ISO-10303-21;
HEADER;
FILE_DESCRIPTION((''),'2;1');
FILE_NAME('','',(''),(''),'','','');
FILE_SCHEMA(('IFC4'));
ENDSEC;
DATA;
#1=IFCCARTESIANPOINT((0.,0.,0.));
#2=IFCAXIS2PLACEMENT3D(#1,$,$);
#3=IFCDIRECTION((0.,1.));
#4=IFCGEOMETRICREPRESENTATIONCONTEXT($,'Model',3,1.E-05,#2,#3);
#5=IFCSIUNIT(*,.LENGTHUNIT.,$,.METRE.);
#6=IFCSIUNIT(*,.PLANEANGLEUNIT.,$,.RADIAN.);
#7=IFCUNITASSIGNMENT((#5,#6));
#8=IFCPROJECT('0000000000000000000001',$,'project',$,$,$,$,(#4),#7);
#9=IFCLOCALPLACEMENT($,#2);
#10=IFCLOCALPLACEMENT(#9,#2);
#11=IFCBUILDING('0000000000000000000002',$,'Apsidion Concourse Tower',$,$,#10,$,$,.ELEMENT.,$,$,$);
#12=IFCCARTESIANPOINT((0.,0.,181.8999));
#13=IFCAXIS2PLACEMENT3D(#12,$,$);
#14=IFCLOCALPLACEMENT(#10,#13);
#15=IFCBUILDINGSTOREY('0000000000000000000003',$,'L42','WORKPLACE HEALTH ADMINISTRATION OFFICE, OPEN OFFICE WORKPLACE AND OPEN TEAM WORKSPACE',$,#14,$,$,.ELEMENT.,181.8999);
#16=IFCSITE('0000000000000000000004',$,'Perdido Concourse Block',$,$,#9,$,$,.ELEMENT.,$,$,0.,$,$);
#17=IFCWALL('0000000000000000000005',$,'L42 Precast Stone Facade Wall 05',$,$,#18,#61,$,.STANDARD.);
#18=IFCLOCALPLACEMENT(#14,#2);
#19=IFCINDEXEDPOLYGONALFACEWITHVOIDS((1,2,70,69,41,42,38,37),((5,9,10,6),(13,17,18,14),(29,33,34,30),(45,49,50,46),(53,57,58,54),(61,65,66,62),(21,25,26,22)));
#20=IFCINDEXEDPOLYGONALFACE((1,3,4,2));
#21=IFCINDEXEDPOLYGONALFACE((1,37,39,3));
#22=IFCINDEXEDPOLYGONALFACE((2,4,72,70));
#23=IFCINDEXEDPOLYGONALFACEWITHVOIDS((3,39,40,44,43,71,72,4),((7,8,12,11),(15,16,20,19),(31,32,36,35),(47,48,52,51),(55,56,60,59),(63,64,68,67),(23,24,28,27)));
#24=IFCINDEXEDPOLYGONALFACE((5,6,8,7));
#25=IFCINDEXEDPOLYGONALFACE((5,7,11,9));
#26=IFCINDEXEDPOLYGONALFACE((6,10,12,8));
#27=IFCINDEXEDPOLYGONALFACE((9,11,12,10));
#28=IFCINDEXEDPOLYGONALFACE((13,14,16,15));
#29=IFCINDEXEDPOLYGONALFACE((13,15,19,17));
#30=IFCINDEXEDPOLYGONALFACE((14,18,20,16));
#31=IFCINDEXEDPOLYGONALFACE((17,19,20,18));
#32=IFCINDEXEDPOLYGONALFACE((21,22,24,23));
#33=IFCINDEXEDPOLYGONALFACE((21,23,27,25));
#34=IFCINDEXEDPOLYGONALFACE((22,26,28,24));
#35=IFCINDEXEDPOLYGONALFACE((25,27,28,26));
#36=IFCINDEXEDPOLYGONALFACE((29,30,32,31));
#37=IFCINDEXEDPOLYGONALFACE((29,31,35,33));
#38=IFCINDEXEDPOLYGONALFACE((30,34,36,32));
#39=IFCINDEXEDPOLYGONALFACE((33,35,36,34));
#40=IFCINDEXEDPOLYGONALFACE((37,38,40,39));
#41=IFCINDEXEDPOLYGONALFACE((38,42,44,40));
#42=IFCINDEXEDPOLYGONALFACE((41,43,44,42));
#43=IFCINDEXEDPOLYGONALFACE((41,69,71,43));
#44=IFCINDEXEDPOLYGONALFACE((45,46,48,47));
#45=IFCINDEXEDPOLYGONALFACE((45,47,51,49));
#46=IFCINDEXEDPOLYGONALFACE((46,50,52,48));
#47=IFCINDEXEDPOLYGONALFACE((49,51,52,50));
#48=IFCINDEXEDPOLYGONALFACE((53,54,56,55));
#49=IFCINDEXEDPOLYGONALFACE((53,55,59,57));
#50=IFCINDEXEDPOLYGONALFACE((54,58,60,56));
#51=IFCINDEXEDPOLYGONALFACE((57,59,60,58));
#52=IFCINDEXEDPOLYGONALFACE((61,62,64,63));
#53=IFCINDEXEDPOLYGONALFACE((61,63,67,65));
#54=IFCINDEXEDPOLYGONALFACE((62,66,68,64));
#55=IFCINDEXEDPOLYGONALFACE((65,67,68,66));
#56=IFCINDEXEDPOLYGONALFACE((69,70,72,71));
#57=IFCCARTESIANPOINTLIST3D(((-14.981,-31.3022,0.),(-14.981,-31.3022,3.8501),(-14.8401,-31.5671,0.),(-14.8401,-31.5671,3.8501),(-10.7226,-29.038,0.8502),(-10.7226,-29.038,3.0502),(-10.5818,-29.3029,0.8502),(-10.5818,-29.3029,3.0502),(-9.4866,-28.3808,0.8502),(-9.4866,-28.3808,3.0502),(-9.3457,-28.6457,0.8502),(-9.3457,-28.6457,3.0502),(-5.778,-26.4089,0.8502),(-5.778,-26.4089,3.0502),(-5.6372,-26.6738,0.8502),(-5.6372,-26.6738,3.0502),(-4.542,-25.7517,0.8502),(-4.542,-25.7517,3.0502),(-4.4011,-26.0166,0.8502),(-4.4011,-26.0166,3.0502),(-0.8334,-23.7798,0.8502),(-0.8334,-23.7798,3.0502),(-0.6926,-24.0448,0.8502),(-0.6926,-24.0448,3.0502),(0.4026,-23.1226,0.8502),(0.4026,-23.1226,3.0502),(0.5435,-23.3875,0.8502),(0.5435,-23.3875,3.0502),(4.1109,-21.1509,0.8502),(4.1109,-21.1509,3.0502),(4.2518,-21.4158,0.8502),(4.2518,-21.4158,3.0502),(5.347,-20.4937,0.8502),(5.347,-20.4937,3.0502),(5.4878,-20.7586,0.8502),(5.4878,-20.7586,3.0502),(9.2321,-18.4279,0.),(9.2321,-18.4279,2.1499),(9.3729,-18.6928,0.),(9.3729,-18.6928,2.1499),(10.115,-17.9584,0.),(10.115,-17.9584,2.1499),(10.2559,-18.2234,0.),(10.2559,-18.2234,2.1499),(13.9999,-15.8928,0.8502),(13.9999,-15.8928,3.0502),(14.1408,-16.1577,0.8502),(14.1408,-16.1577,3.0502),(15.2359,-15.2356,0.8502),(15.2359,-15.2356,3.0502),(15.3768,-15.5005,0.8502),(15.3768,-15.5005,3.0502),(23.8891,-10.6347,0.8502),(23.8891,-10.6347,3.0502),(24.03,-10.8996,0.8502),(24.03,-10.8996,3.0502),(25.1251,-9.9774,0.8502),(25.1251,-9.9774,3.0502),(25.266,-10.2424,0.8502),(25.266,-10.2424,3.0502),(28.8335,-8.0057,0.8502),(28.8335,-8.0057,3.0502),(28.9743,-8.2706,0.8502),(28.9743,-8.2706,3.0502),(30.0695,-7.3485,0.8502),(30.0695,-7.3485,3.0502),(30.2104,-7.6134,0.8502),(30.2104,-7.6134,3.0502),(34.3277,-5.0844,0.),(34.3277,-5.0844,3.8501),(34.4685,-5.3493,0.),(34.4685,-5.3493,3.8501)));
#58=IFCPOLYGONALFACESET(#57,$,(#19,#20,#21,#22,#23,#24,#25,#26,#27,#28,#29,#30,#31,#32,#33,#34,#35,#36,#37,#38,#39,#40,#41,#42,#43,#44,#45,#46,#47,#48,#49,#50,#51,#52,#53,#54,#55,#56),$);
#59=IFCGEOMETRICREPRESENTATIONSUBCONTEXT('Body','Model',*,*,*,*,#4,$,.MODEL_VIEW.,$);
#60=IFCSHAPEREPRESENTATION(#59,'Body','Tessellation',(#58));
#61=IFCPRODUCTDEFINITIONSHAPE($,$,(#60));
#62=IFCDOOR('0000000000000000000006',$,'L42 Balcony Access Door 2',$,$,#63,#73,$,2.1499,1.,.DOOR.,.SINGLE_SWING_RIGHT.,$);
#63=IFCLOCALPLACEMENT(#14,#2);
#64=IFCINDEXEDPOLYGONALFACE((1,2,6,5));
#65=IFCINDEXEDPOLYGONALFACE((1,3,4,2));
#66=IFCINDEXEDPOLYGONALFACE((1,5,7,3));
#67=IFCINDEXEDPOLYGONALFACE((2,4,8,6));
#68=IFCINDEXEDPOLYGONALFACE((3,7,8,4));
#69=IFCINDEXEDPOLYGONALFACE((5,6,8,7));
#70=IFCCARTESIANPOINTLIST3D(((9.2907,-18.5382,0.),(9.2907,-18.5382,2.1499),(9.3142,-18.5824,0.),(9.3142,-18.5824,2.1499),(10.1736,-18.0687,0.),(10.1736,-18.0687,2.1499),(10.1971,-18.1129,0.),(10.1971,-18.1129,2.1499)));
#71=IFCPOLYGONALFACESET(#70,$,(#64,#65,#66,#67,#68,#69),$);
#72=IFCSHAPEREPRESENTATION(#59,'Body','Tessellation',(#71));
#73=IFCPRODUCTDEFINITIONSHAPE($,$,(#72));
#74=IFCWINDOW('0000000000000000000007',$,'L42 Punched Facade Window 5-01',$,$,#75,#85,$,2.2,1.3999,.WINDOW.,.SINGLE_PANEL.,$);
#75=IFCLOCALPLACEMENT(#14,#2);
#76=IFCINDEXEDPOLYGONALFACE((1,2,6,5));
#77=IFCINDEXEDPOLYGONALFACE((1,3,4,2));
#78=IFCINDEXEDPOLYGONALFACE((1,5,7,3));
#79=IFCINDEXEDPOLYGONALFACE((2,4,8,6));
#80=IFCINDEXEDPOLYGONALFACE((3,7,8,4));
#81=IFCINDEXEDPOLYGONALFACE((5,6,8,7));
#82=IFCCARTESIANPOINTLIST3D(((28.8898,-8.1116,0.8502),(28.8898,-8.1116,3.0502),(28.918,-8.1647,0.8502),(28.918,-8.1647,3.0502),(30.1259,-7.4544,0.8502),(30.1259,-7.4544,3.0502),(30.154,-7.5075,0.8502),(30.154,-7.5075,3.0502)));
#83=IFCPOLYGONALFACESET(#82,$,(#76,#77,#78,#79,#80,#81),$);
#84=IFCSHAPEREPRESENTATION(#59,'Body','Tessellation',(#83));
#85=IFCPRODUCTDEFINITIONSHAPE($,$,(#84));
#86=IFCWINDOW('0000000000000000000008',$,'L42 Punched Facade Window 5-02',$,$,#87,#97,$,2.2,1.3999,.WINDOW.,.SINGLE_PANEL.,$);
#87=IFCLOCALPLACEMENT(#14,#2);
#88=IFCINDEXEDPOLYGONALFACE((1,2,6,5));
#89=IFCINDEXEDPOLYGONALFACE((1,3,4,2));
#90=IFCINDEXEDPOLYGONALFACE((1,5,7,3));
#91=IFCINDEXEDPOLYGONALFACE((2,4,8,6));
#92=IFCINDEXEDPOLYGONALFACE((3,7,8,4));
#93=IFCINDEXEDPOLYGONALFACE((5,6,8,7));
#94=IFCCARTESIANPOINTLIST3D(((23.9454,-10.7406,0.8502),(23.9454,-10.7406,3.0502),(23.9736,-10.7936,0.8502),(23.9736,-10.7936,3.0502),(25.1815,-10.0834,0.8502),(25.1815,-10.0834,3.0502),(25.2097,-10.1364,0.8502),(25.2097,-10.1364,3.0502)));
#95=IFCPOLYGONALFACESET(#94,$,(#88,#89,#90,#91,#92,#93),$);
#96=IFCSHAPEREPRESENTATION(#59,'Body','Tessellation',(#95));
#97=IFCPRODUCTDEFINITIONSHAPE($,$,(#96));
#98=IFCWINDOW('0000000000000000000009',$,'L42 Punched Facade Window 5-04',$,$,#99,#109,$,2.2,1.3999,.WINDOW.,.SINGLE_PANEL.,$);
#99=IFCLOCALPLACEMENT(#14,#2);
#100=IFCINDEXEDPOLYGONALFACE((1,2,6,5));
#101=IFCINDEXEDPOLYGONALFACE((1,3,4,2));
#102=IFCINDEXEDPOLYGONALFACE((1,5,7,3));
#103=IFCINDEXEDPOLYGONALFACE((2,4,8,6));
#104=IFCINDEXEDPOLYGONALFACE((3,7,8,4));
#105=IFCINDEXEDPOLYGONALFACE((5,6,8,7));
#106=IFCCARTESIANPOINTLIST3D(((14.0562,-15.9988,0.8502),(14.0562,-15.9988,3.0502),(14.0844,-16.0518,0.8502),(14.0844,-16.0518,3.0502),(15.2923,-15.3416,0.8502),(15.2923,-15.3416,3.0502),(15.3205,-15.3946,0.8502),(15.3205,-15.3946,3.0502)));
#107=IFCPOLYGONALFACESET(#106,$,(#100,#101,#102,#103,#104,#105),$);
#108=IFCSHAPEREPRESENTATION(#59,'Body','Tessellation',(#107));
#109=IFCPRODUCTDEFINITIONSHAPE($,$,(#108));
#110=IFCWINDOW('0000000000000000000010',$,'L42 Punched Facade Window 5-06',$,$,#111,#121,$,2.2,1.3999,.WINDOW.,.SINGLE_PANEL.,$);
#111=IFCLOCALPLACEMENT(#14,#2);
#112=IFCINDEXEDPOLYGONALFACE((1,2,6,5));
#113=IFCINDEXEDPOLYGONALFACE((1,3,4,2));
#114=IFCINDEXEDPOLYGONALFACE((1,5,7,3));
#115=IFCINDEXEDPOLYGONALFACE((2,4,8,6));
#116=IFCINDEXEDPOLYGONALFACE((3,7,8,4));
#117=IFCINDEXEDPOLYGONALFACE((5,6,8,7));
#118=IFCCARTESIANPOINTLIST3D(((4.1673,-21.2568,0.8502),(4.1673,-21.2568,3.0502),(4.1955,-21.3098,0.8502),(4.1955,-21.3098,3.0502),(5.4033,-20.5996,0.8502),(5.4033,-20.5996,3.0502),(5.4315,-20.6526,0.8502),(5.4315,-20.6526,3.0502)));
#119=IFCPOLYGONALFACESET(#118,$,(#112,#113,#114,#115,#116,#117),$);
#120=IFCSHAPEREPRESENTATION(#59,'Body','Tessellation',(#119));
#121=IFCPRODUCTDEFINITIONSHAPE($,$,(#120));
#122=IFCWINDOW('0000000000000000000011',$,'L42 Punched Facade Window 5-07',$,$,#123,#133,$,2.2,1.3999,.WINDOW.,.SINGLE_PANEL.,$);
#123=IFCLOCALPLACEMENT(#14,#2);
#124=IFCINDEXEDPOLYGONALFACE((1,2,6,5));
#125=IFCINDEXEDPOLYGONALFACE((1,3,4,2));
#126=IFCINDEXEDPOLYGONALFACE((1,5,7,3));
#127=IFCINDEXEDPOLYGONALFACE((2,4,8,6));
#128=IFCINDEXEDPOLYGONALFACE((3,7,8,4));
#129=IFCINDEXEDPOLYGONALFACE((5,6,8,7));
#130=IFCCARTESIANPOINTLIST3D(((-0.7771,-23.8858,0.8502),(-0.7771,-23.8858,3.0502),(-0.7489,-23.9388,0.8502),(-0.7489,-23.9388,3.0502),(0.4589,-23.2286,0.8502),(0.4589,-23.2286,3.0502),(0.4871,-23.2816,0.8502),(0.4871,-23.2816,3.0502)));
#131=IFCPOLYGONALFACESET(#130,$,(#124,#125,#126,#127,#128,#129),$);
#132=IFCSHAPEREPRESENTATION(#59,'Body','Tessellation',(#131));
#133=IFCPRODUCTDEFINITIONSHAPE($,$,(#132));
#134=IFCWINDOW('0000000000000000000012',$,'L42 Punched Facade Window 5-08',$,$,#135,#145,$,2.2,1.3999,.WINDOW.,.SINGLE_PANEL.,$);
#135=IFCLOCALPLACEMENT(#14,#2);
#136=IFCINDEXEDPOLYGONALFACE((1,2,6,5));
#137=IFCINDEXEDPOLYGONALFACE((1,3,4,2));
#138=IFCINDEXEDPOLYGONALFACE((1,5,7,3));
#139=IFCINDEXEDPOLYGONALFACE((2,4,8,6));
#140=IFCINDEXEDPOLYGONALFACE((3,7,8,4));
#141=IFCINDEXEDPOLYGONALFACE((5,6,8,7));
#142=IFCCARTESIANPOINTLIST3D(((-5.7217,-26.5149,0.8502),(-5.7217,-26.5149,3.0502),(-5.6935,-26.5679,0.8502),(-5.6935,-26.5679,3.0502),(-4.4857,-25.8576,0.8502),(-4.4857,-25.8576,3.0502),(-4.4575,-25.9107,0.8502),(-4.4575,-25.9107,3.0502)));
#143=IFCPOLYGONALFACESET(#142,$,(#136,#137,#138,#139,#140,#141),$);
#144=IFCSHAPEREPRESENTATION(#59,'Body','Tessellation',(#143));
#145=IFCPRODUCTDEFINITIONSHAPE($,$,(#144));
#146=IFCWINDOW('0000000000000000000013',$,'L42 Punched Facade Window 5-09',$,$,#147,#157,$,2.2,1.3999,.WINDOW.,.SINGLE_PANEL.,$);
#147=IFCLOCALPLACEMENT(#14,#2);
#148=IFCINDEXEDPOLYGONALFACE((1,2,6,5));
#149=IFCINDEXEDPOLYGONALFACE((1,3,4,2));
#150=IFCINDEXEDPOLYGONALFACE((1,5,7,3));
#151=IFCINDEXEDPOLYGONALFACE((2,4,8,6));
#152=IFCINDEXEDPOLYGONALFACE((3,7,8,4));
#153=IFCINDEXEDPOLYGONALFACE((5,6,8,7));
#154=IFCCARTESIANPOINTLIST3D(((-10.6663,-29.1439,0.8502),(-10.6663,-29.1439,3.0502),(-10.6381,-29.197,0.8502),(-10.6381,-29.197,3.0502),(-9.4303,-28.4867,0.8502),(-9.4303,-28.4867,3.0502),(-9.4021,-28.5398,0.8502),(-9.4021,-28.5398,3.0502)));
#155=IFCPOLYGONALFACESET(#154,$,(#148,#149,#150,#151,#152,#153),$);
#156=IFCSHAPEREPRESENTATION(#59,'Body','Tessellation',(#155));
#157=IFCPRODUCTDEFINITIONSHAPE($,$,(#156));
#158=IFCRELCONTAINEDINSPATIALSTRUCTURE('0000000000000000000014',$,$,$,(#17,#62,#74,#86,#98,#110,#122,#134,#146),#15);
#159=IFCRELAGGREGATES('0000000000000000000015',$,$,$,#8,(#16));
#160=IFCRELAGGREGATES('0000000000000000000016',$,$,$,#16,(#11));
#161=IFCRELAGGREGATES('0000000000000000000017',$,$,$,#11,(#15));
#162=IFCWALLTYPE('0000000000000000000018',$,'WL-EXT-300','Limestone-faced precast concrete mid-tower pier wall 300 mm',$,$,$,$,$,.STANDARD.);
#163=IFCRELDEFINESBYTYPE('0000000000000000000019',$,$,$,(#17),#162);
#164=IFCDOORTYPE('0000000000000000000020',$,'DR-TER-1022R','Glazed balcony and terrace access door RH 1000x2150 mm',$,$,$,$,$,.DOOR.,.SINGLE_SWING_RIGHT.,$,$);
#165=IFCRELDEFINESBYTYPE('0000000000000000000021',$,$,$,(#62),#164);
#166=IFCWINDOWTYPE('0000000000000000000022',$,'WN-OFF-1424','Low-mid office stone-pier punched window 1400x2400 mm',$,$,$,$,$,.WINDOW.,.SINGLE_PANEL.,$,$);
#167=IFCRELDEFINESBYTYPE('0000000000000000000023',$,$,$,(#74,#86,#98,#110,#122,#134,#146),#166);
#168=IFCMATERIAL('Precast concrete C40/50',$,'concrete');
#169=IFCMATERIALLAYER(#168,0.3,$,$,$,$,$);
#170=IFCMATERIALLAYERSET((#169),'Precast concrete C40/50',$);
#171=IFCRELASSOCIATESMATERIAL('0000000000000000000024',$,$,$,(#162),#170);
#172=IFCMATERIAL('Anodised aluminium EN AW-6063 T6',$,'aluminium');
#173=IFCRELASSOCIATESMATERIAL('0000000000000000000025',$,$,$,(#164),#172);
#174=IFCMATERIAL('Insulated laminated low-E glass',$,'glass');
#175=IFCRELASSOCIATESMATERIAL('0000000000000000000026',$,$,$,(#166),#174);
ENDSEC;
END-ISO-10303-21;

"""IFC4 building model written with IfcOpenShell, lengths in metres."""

from ifc_helpers import new_model, si_unit, direction, frame, frame_2d, origin, place, context, subcontext, project, spatial, rectangle, extrude, material, layer, layer_set, type_object, element, fill, save


model = new_model("IFC4")

# Units and contexts
model_context = context("Model", 3, precision=1e-05, world=origin(), true_north=direction((0.0, 1.0)))
body_context = subcontext(model_context, "Body", "Model", "MODEL_VIEW")
ifc_project = project(units=[si_unit("LENGTHUNIT", "METRE"), si_unit("PLANEANGLEUNIT", "RADIAN")], contexts=[model_context])

# Site, building, storey
site_placement = place(None, origin())
site = spatial("IfcSite", under=ifc_project, at=site_placement, Name="Perdido Concourse Block", CompositionType="ELEMENT", RefElevation=0.0)
building_placement = place(site_placement, origin())
building = spatial("IfcBuilding", under=site, at=building_placement, Name="Apsidion Concourse Tower", CompositionType="ELEMENT")
storey_placement = place(building_placement, frame((0.0, 0.0, 181.8999)))
storey = spatial("IfcBuildingStorey", under=building, at=storey_placement, Name="L42", Description="WORKPLACE HEALTH ADMINISTRATION OFFICE, OPEN OFFICE WORKPLACE AND OPEN TEAM WORKSPACE", CompositionType="ELEMENT", Elevation=181.8999)

# Shared definitions
ifc_material_1 = material(Name="Precast concrete C40/50", Category="concrete")
ifc_layer_1 = layer(ifc_material_1, 0.3)
ifc_layer_set_1 = layer_set([ifc_layer_1], Name="Precast concrete C40/50")
wall_type_1 = type_object("IfcWallType", Name="WL-EXT-300", Description="Limestone-faced precast concrete mid-tower pier wall 300 mm", PredefinedType="STANDARD", material=ifc_layer_set_1)

# Wall, openings, door, windows
wall_1_placement = place(storey_placement, frame((34.3982, -5.2168, 0.0), z_axis=(0.0, 0.0, 1.0), x_axis=(-0.882948, -0.469471, 0.0)))
wall_1 = element("IfcWall", 1, at=wall_1_placement, inside=storey, type_object=wall_type_1, Name="L42 Precast Stone Facade Wall 05", PredefinedType="STANDARD", context=body_context, shape_type="SweptSolid", body=[
    extrude(rectangle(XDim=55.8455, YDim=0.3, at=frame_2d((27.9229, 0.0))), origin(), (0.0, 0.0, 1.0), 3.8501),
])
opening_1_placement = place(wall_1_placement, frame((27.4226, 0.0, 0.0)))
opening_1 = element("IfcOpeningElement", 2, at=opening_1_placement, cuts=wall_1, PredefinedType="OPENING", context=body_context, shape_type="SweptSolid", body=[
    extrude(rectangle(XDim=1.0, YDim=2.1499, at=frame_2d((0.5, 1.075))), frame((0.0, 0.1602, 0.0), z_axis=(0.0, -1.0, 0.0), x_axis=(1.0, 0.0, 0.0)), (0.0, 0.0, 1.0), 0.3201),
])
opening_2_placement = place(wall_1_placement, frame((4.8228, 0.0, 0.8501)))
opening_2 = element("IfcOpeningElement", 3, at=opening_2_placement, cuts=wall_1, PredefinedType="OPENING", context=body_context, shape_type="SweptSolid", body=[
    extrude(rectangle(XDim=1.3999, YDim=2.2, at=frame_2d((0.7, 1.1001))), frame((0.0, 0.1602, 0.0), z_axis=(0.0, -1.0, 0.0), x_axis=(1.0, 0.0, 0.0)), (0.0, 0.0, 1.0), 0.3201),
])
opening_3_placement = place(wall_1_placement, frame((10.4226, 0.0, 0.8501)))
opening_3 = element("IfcOpeningElement", 4, at=opening_3_placement, cuts=wall_1, PredefinedType="OPENING", context=body_context, shape_type="SweptSolid", body=[
    extrude(rectangle(XDim=1.3999, YDim=2.2, at=frame_2d((0.7, 1.1001))), frame((0.0, 0.1602, 0.0), z_axis=(0.0, -1.0, 0.0), x_axis=(1.0, 0.0, 0.0)), (0.0, 0.0, 1.0), 0.3201),
])
opening_4_placement = place(wall_1_placement, frame((21.6228, 0.0, 0.8501)))
opening_4 = element("IfcOpeningElement", 5, at=opening_4_placement, cuts=wall_1, PredefinedType="OPENING", context=body_context, shape_type="SweptSolid", body=[
    extrude(rectangle(XDim=1.3999, YDim=2.2, at=frame_2d((0.7, 1.1001))), frame((0.0, 0.1602, 0.0), z_axis=(0.0, -1.0, 0.0), x_axis=(1.0, 0.0, 0.0)), (0.0, 0.0, 1.0), 0.3201),
])
opening_5_placement = place(wall_1_placement, frame((32.8228, 0.0, 0.8501)))
opening_5 = element("IfcOpeningElement", 6, at=opening_5_placement, cuts=wall_1, PredefinedType="OPENING", context=body_context, shape_type="SweptSolid", body=[
    extrude(rectangle(XDim=1.3999, YDim=2.2, at=frame_2d((0.7, 1.1001))), frame((0.0, 0.1602, 0.0), z_axis=(0.0, -1.0, 0.0), x_axis=(1.0, 0.0, 0.0)), (0.0, 0.0, 1.0), 0.3201),
])
opening_6_placement = place(wall_1_placement, frame((38.4226, 0.0, 0.8501)))
opening_6 = element("IfcOpeningElement", 7, at=opening_6_placement, cuts=wall_1, PredefinedType="OPENING", context=body_context, shape_type="SweptSolid", body=[
    extrude(rectangle(XDim=1.3999, YDim=2.2, at=frame_2d((0.7, 1.1001))), frame((0.0, 0.1602, 0.0), z_axis=(0.0, -1.0, 0.0), x_axis=(1.0, 0.0, 0.0)), (0.0, 0.0, 1.0), 0.3201),
])
opening_7_placement = place(wall_1_placement, frame((44.0227, 0.0, 0.8501)))
opening_7 = element("IfcOpeningElement", 8, at=opening_7_placement, cuts=wall_1, PredefinedType="OPENING", context=body_context, shape_type="SweptSolid", body=[
    extrude(rectangle(XDim=1.3999, YDim=2.2, at=frame_2d((0.7, 1.1001))), frame((0.0, 0.1602, 0.0), z_axis=(0.0, -1.0, 0.0), x_axis=(1.0, 0.0, 0.0)), (0.0, 0.0, 1.0), 0.3201),
])
opening_8_placement = place(wall_1_placement, frame((49.6228, 0.0, 0.8501)))
opening_8 = element("IfcOpeningElement", 9, at=opening_8_placement, cuts=wall_1, PredefinedType="OPENING", context=body_context, shape_type="SweptSolid", body=[
    extrude(rectangle(XDim=1.3999, YDim=2.2, at=frame_2d((0.7, 1.1001))), frame((0.0, 0.1602, 0.0), z_axis=(0.0, -1.0, 0.0), x_axis=(1.0, 0.0, 0.0)), (0.0, 0.0, 1.0), 0.3201),
])
ifc_material_2 = material(Name="Anodised aluminium EN AW-6063 T6", Category="aluminium")
door_type = type_object("IfcDoorType", Name="DR-TER-1022R", Description="Glazed balcony and terrace access door RH 1000x2150 mm", OperationType="SINGLE_SWING_RIGHT", PredefinedType="DOOR", material=ifc_material_2)
door_placement = place(opening_1_placement, origin())
door = element("IfcDoor", 10, at=door_placement, inside=storey, type_object=door_type, Name="L42 Balcony Access Door 2", OperationType="SINGLE_SWING_RIGHT", OverallHeight=2.1499, OverallWidth=1.0, PredefinedType="DOOR", context=body_context, shape_type="SweptSolid", body=[
    extrude(rectangle(XDim=1.0, YDim=2.1499, at=frame_2d((0.5, 1.075))), frame((0.0, 0.0249, 0.0), z_axis=(0.0, -1.0, 0.0), x_axis=(1.0, 0.0, 0.0)), (0.0, 0.0, 1.0), 0.05),
])
fill(opening_1, door)
ifc_material_3 = material(Name="Insulated laminated low-E glass", Category="glass")
window_type = type_object("IfcWindowType", Name="WN-OFF-1424", Description="Low-mid office stone-pier punched window 1400x2400 mm", PartitioningType="SINGLE_PANEL", PredefinedType="WINDOW", material=ifc_material_3)
window_1_placement = place(opening_2_placement, origin())
window_1 = element("IfcWindow", 11, at=window_1_placement, inside=storey, type_object=window_type, Name="L42 Punched Facade Window 5-01", OverallHeight=2.2, OverallWidth=1.3999, PartitioningType="SINGLE_PANEL", PredefinedType="WINDOW", context=body_context, shape_type="SweptSolid", body=[
    extrude(rectangle(XDim=1.3999, YDim=2.2, at=frame_2d((0.7, 1.1001))), frame((0.0, 0.03, 0.0), z_axis=(0.0, -1.0, 0.0), x_axis=(1.0, 0.0, 0.0)), (0.0, 0.0, 1.0), 0.0601),
])
fill(opening_2, window_1)
window_2_placement = place(opening_3_placement, origin())
window_2 = element("IfcWindow", 12, at=window_2_placement, inside=storey, type_object=window_type, Name="L42 Punched Facade Window 5-02", OverallHeight=2.2, OverallWidth=1.3999, PartitioningType="SINGLE_PANEL", PredefinedType="WINDOW", context=body_context, shape_type="SweptSolid", body=[
    extrude(rectangle(XDim=1.3999, YDim=2.2, at=frame_2d((0.7, 1.1001))), frame((0.0, 0.03, 0.0), z_axis=(0.0, -1.0, 0.0), x_axis=(1.0, 0.0, 0.0)), (0.0, 0.0, 1.0), 0.0601),
])
fill(opening_3, window_2)
window_3_placement = place(opening_4_placement, origin())
window_3 = element("IfcWindow", 13, at=window_3_placement, inside=storey, type_object=window_type, Name="L42 Punched Facade Window 5-04", OverallHeight=2.2, OverallWidth=1.3999, PartitioningType="SINGLE_PANEL", PredefinedType="WINDOW", context=body_context, shape_type="SweptSolid", body=[
    extrude(rectangle(XDim=1.3999, YDim=2.2, at=frame_2d((0.7, 1.1001))), frame((0.0, 0.03, 0.0), z_axis=(0.0, -1.0, 0.0), x_axis=(1.0, 0.0, 0.0)), (0.0, 0.0, 1.0), 0.0601),
])
fill(opening_4, window_3)
window_4_placement = place(opening_5_placement, origin())
window_4 = element("IfcWindow", 14, at=window_4_placement, inside=storey, type_object=window_type, Name="L42 Punched Facade Window 5-06", OverallHeight=2.2, OverallWidth=1.3999, PartitioningType="SINGLE_PANEL", PredefinedType="WINDOW", context=body_context, shape_type="SweptSolid", body=[
    extrude(rectangle(XDim=1.3999, YDim=2.2, at=frame_2d((0.7, 1.1001))), frame((0.0, 0.03, 0.0), z_axis=(0.0, -1.0, 0.0), x_axis=(1.0, 0.0, 0.0)), (0.0, 0.0, 1.0), 0.0601),
])
fill(opening_5, window_4)
window_5_placement = place(opening_6_placement, origin())
window_5 = element("IfcWindow", 15, at=window_5_placement, inside=storey, type_object=window_type, Name="L42 Punched Facade Window 5-07", OverallHeight=2.2, OverallWidth=1.3999, PartitioningType="SINGLE_PANEL", PredefinedType="WINDOW", context=body_context, shape_type="SweptSolid", body=[
    extrude(rectangle(XDim=1.3999, YDim=2.2, at=frame_2d((0.7, 1.1001))), frame((0.0, 0.03, 0.0), z_axis=(0.0, -1.0, 0.0), x_axis=(1.0, 0.0, 0.0)), (0.0, 0.0, 1.0), 0.0601),
])
fill(opening_6, window_5)
window_6_placement = place(opening_7_placement, origin())
window_6 = element("IfcWindow", 16, at=window_6_placement, inside=storey, type_object=window_type, Name="L42 Punched Facade Window 5-08", OverallHeight=2.2, OverallWidth=1.3999, PartitioningType="SINGLE_PANEL", PredefinedType="WINDOW", context=body_context, shape_type="SweptSolid", body=[
    extrude(rectangle(XDim=1.3999, YDim=2.2, at=frame_2d((0.7, 1.1001))), frame((0.0, 0.03, 0.0), z_axis=(0.0, -1.0, 0.0), x_axis=(1.0, 0.0, 0.0)), (0.0, 0.0, 1.0), 0.0601),
])
fill(opening_7, window_6)
window_7_placement = place(opening_8_placement, origin())
window_7 = element("IfcWindow", 17, at=window_7_placement, inside=storey, type_object=window_type, Name="L42 Punched Facade Window 5-09", OverallHeight=2.2, OverallWidth=1.3999, PartitioningType="SINGLE_PANEL", PredefinedType="WINDOW", context=body_context, shape_type="SweptSolid", body=[
    extrude(rectangle(XDim=1.3999, YDim=2.2, at=frame_2d((0.7, 1.1001))), frame((0.0, 0.03, 0.0), z_axis=(0.0, -1.0, 0.0), x_axis=(1.0, 0.0, 0.0)), (0.0, 0.0, 1.0), 0.0601),
])
fill(opening_8, window_7)

save(model, "model.ifc")
